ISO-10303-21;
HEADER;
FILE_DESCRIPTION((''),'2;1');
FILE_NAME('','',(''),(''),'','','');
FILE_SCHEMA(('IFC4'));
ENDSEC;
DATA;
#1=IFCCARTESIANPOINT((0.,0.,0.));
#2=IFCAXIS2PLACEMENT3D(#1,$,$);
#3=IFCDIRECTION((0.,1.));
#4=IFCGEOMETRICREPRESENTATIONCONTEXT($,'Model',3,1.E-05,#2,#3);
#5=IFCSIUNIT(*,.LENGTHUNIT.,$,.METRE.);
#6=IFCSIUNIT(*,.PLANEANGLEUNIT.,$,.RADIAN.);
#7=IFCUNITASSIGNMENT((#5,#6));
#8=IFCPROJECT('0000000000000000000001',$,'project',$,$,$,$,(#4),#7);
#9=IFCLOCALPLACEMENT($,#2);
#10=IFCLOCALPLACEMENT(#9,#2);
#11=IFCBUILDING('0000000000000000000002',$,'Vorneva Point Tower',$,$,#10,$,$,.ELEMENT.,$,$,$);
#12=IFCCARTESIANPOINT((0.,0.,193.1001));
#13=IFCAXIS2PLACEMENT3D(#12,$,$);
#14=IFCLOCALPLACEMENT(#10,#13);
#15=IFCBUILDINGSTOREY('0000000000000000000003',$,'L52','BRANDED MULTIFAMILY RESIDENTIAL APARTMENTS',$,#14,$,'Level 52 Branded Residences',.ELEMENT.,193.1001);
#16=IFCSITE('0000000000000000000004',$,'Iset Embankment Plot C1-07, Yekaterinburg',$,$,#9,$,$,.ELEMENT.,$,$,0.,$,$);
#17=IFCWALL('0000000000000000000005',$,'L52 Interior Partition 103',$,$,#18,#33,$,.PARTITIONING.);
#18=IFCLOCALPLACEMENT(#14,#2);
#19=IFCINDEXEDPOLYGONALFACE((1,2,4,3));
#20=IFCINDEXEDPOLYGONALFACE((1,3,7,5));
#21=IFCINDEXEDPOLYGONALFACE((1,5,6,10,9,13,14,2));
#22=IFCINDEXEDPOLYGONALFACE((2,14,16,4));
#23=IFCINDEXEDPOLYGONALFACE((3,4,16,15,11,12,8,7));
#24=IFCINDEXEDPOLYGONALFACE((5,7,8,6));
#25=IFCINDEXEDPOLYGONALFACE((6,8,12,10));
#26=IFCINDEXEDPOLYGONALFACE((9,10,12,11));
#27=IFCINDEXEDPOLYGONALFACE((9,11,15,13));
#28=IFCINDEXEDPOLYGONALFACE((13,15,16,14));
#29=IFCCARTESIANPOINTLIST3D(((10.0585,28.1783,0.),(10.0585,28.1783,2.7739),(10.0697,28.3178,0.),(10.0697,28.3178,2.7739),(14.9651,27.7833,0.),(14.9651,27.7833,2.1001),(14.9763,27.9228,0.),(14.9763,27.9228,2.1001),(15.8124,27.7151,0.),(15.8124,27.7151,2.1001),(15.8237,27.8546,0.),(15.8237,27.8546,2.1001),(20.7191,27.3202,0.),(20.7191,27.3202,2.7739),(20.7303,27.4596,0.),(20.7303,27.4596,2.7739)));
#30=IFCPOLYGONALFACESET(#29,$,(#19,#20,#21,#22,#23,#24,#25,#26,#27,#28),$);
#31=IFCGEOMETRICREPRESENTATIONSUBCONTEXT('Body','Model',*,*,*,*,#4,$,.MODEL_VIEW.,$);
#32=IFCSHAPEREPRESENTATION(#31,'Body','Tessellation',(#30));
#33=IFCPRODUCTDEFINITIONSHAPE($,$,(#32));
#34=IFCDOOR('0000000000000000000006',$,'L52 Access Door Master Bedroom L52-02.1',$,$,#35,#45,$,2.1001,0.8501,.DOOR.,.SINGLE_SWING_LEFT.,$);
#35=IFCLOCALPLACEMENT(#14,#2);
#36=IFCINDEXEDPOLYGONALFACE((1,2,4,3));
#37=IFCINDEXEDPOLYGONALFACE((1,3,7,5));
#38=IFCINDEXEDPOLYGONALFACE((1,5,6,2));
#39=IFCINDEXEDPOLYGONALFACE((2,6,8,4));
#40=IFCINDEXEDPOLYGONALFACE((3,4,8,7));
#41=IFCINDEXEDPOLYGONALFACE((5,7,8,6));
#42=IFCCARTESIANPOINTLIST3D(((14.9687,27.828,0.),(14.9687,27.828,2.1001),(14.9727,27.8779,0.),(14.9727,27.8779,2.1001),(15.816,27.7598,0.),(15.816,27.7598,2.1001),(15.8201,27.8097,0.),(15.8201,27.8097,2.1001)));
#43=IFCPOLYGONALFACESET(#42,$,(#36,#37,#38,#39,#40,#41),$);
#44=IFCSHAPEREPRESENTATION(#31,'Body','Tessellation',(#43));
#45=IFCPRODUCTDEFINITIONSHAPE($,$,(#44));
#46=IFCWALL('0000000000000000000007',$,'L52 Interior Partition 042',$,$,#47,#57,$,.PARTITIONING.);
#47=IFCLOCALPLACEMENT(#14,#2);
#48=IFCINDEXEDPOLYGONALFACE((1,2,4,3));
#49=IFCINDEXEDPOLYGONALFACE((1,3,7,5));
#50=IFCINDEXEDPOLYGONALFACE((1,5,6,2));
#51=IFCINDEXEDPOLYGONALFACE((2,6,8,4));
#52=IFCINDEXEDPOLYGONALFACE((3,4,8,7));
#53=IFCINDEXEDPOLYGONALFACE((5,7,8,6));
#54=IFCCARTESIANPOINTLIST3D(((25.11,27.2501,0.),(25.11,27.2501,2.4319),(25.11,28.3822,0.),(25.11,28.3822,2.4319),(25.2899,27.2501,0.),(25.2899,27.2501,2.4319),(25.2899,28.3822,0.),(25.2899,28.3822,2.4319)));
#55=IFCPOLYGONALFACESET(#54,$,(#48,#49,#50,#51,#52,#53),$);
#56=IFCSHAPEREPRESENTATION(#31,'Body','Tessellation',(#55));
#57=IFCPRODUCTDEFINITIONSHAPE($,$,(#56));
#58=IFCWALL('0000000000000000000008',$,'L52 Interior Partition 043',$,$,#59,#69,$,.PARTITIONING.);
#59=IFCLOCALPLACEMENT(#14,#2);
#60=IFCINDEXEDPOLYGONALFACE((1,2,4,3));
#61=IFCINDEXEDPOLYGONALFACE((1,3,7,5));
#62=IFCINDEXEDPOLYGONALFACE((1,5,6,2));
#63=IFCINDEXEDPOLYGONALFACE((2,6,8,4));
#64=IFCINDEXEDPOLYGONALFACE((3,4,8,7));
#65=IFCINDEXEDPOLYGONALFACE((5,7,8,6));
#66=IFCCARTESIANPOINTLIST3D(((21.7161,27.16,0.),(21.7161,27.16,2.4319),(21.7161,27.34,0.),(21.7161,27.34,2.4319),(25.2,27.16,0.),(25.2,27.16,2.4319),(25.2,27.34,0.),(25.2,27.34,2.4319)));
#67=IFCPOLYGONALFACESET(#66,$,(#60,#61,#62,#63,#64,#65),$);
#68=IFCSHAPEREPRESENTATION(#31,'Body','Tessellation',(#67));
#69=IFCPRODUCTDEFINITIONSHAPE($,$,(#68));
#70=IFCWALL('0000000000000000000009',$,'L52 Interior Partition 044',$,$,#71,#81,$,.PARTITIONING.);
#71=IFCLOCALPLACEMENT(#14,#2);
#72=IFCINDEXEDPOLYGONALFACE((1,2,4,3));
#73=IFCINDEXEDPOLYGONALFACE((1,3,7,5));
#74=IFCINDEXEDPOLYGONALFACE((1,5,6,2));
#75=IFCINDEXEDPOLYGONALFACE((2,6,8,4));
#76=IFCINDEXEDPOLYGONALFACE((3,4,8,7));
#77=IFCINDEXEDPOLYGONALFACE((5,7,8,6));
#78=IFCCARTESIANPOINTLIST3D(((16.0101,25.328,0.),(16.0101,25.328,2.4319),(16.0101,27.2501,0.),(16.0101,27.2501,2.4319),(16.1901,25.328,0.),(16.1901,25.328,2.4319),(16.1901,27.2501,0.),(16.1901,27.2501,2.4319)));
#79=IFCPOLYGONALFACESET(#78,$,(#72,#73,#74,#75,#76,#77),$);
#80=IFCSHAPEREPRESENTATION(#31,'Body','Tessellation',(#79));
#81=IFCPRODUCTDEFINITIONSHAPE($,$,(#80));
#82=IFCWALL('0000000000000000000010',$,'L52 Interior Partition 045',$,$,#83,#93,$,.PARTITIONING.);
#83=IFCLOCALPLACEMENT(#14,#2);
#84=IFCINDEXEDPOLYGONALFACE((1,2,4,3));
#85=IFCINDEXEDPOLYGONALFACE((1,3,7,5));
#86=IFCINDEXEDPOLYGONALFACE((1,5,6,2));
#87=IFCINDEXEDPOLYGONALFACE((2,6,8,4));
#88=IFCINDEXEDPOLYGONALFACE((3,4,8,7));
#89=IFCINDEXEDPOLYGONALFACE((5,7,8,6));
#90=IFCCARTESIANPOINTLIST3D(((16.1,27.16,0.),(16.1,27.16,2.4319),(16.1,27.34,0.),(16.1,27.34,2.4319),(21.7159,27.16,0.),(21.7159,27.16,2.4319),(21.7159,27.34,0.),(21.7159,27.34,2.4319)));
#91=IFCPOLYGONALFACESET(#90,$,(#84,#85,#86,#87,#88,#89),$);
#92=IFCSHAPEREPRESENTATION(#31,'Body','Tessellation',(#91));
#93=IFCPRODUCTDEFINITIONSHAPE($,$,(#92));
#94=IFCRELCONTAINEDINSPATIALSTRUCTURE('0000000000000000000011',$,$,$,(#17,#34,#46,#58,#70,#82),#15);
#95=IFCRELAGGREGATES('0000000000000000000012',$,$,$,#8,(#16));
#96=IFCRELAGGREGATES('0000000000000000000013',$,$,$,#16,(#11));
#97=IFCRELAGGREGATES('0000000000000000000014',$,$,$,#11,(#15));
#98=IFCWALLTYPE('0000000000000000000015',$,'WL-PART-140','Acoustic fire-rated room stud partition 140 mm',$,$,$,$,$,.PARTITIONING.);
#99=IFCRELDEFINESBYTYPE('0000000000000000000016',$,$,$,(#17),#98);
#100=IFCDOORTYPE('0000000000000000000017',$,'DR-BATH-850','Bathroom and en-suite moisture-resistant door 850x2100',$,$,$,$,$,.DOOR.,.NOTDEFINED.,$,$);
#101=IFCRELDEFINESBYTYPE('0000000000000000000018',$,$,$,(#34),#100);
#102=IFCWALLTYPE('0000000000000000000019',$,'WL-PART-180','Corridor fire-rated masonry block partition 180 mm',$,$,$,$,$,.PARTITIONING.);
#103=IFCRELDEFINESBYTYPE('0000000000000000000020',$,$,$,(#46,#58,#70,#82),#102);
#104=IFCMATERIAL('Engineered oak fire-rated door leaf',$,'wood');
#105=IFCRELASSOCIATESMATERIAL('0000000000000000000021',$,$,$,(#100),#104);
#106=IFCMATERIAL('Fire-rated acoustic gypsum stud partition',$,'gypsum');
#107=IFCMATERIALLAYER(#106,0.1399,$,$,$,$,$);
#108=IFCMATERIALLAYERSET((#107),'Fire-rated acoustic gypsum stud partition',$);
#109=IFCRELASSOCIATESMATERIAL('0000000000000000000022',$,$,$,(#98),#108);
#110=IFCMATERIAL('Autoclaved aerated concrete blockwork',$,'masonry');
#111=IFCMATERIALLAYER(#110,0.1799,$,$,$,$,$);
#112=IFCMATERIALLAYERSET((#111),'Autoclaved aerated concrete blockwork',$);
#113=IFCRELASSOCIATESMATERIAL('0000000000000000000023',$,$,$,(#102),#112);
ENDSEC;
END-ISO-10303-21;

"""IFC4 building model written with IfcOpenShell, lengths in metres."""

from ifc_helpers import new_model, si_unit, direction, frame, frame_2d, origin, place, context, subcontext, project, spatial, rectangle, extrude, material, layer, layer_set, type_object, element, fill, save


model = new_model("IFC4")

# Units and contexts
model_context = context("Model", 3, precision=1e-05, world=origin(), true_north=direction((0.0, 1.0)))
body_context = subcontext(model_context, "Body", "Model", "MODEL_VIEW")
ifc_project = project(units=[si_unit("LENGTHUNIT", "METRE"), si_unit("PLANEANGLEUNIT", "RADIAN")], contexts=[model_context])

# Site, building, storey
site_placement = place(None, origin())
site = spatial("IfcSite", under=ifc_project, at=site_placement, Name="Iset Embankment Plot C1-07, Yekaterinburg", CompositionType="ELEMENT", RefElevation=0.0)
building_placement = place(site_placement, origin())
building = spatial("IfcBuilding", under=site, at=building_placement, Name="Vorneva Point Tower", CompositionType="ELEMENT")
storey_placement = place(building_placement, frame((0.0, 0.0, 193.1001)))
storey = spatial("IfcBuildingStorey", under=building, at=storey_placement, Name="L52", Description="BRANDED MULTIFAMILY RESIDENTIAL APARTMENTS", LongName="Level 52 Branded Residences", CompositionType="ELEMENT", Elevation=193.1001)

# Shared definitions
ifc_material_1 = material(Name="Fire-rated acoustic gypsum stud partition", Category="gypsum")
ifc_material_2 = material(Name="Engineered oak fire-rated door leaf", Category="wood")
door_type_1 = type_object("IfcDoorType", Name="DR-BATH-850", Description="Bathroom and en-suite moisture-resistant door 850x2100", OperationType="NOTDEFINED", PredefinedType="DOOR", material=ifc_material_2)

# Shared definitions
ifc_layer_1 = layer(ifc_material_1, 0.1399)
ifc_layer_set_1 = layer_set([ifc_layer_1], Name="Fire-rated acoustic gypsum stud partition")
wall_type_1 = type_object("IfcWallType", Name="WL-PART-140", Description="Acoustic fire-rated room stud partition 140 mm", PredefinedType="PARTITIONING", material=ifc_layer_set_1)

# Wall, opening, door
wall_1_placement = place(storey_placement, frame((10.064, 28.248, 0.0), z_axis=(0.0, 0.0, 1.0), x_axis=(0.996776, -0.080238, 0.0)))
wall_1 = element("IfcWall", 1, at=wall_1_placement, inside=storey, type_object=wall_type_1, Name="L52 Interior Partition 103", PredefinedType="PARTITIONING", context=body_context, shape_type="SweptSolid", body=[
    extrude(rectangle(XDim=10.6951, YDim=0.1399, at=frame_2d((5.3477, 0.0))), origin(), (0.0, 0.0, 1.0), 2.7739),
])
opening_1_placement = place(wall_1_placement, frame((4.9226, 0.0, 0.0)))
opening_1 = element("IfcOpeningElement", 2, at=opening_1_placement, cuts=wall_1, PredefinedType="OPENING", context=body_context, shape_type="SweptSolid", body=[
    extrude(rectangle(XDim=0.8501, YDim=2.1001, at=frame_2d((0.425, 1.05))), frame((0.0, 0.085, 0.0), z_axis=(0.0, -1.0, 0.0), x_axis=(1.0, 0.0, 0.0)), (0.0, 0.0, 1.0), 0.1697),
])
door_1_placement = place(opening_1_placement, origin())
door_1 = element("IfcDoor", 3, at=door_1_placement, inside=storey, type_object=door_type_1, Name="L52 Access Door Master Bedroom L52-02.1", OperationType="SINGLE_SWING_LEFT", OverallHeight=2.1001, OverallWidth=0.8501, PredefinedType="DOOR", context=body_context, shape_type="SweptSolid", body=[
    extrude(rectangle(XDim=0.8501, YDim=2.1001, at=frame_2d((0.425, 1.05))), frame((0.0, 0.0249, 0.0), z_axis=(0.0, -1.0, 0.0), x_axis=(1.0, 0.0, 0.0)), (0.0, 0.0, 1.0), 0.05),
])
fill(opening_1, door_1)
ifc_material_3 = material(Name="Autoclaved aerated concrete blockwork", Category="masonry")
ifc_layer_2 = layer(ifc_material_3, 0.1799)
ifc_layer_set_2 = layer_set([ifc_layer_2], Name="Autoclaved aerated concrete blockwork")
wall_type_2 = type_object("IfcWallType", Name="WL-PART-180", Description="Corridor fire-rated masonry block partition 180 mm", PredefinedType="PARTITIONING", material=ifc_layer_set_2)

# Walls
wall_2_placement = place(storey_placement, frame((25.2, 28.3821, 0.0), z_axis=(0.0, 0.0, 1.0), x_axis=(0.0, -1.0, 0.0)))
element("IfcWall", 4, at=wall_2_placement, inside=storey, type_object=wall_type_2, Name="L52 Interior Partition 042", PredefinedType="PARTITIONING", context=body_context, shape_type="SweptSolid", body=[
    extrude(rectangle(XDim=1.1321, YDim=0.1799, at=frame_2d((0.5659, 0.0))), origin(), (0.0, 0.0, 1.0), 2.4319),
])
wall_3_placement = place(storey_placement, frame((25.2, 27.25, 0.0), z_axis=(0.0, 0.0, 1.0), x_axis=(-1.0, 0.0, 0.0)))
element("IfcWall", 5, at=wall_3_placement, inside=storey, type_object=wall_type_2, Name="L52 Interior Partition 043", PredefinedType="PARTITIONING", context=body_context, shape_type="SweptSolid", body=[
    extrude(rectangle(XDim=3.4839, YDim=0.1799, at=frame_2d((1.7419, 0.0))), origin(), (0.0, 0.0, 1.0), 2.4319),
])
wall_4_placement = place(storey_placement, frame((16.1001, 27.25, 0.0), z_axis=(0.0, 0.0, 1.0), x_axis=(0.0, -1.0, 0.0)))
element("IfcWall", 6, at=wall_4_placement, inside=storey, type_object=wall_type_2, Name="L52 Interior Partition 044", PredefinedType="PARTITIONING", context=body_context, shape_type="SweptSolid", body=[
    extrude(rectangle(XDim=1.9221, YDim=0.1799, at=frame_2d((0.9609, 0.0))), origin(), (0.0, 0.0, 1.0), 2.4319),
])
wall_5_placement = place(storey_placement, frame((21.7161, 27.25, 0.0), z_axis=(0.0, 0.0, 1.0), x_axis=(-1.0, 0.0, 0.0)))
element("IfcWall", 7, at=wall_5_placement, inside=storey, type_object=wall_type_2, Name="L52 Interior Partition 045", PredefinedType="PARTITIONING", context=body_context, shape_type="SweptSolid", body=[
    extrude(rectangle(XDim=5.616, YDim=0.1799, at=frame_2d((2.8081, 0.0))), origin(), (0.0, 0.0, 1.0), 2.4319),
])

save(model, "model.ifc")
